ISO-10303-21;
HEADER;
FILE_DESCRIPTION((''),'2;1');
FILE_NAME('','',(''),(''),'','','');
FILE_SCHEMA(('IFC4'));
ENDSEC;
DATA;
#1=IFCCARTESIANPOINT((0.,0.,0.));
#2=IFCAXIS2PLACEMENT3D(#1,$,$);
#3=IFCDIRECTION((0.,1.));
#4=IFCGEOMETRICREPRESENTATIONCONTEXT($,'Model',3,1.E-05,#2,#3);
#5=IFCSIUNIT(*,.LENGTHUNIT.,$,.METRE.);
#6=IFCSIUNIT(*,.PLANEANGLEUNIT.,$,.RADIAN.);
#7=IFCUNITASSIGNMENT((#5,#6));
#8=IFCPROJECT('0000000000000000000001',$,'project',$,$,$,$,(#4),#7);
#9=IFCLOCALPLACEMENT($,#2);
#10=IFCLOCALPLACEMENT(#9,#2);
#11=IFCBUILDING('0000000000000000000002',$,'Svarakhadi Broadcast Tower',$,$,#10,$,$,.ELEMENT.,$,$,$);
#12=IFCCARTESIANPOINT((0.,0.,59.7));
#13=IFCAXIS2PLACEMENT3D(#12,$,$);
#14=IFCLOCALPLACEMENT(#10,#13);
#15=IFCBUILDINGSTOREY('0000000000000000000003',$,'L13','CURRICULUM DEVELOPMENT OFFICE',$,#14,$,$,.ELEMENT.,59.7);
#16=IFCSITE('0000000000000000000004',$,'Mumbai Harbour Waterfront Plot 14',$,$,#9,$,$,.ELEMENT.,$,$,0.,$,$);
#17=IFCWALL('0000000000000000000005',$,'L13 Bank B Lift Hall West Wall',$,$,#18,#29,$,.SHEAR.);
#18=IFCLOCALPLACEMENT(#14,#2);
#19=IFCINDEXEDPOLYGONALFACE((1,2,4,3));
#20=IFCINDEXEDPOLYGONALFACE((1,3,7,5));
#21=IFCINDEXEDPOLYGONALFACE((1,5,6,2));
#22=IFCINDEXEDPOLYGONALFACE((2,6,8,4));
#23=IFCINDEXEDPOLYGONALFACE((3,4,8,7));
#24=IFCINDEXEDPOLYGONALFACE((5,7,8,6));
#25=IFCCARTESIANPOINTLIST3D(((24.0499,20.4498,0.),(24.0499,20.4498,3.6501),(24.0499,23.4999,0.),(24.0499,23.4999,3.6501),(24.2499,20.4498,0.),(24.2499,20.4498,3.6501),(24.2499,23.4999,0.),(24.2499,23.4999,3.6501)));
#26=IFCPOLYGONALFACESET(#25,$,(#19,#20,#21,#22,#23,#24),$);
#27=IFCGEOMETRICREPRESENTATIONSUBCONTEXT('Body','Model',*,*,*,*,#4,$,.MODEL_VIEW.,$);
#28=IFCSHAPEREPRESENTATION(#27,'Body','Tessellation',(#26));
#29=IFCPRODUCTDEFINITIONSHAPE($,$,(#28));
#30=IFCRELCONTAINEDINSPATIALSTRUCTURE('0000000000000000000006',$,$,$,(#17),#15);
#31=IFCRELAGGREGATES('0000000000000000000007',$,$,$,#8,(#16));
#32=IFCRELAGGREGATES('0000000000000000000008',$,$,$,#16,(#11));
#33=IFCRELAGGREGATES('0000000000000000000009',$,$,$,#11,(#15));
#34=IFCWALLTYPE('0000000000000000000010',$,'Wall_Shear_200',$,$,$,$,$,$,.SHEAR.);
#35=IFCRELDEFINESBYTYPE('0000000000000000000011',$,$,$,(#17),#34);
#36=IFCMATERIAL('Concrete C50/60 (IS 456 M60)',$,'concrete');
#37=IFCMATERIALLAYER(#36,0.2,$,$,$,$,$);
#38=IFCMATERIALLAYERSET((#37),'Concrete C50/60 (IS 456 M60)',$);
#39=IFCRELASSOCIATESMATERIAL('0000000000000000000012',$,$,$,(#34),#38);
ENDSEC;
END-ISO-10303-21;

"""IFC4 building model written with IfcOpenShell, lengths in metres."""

from ifc_helpers import new_model, si_unit, direction, frame, frame_2d, origin, place, context, subcontext, project, spatial, rectangle, extrude, material, layer, layer_set, type_object, element, save


model = new_model("IFC4")

# Units and contexts
model_context = context("Model", 3, precision=1e-05, world=origin(), true_north=direction((0.0, 1.0)))
body_context = subcontext(model_context, "Body", "Model", "MODEL_VIEW")
ifc_project = project(units=[si_unit("LENGTHUNIT", "METRE"), si_unit("PLANEANGLEUNIT", "RADIAN")], contexts=[model_context])

# Site, building, storey
site_placement = place(None, origin())
site = spatial("IfcSite", under=ifc_project, at=site_placement, Name="Mumbai Harbour Waterfront Plot 14", CompositionType="ELEMENT", RefElevation=0.0)
building_placement = place(site_placement, origin())
building = spatial("IfcBuilding", under=site, at=building_placement, Name="Svarakhadi Broadcast Tower", CompositionType="ELEMENT")
storey_placement = place(building_placement, frame((0.0, 0.0, 59.7)))
storey = spatial("IfcBuildingStorey", under=building, at=storey_placement, Name="L13", Description="CURRICULUM DEVELOPMENT OFFICE", CompositionType="ELEMENT", Elevation=59.7)

# Shared definitions
ifc_material_1 = material(Name="Concrete C50/60 (IS 456 M60)", Category="concrete")
ifc_layer_1 = layer(ifc_material_1, 0.2)
ifc_layer_set_1 = layer_set([ifc_layer_1], Name="Concrete C50/60 (IS 456 M60)")
wall_type_1 = type_object("IfcWallType", Name="Wall_Shear_200", PredefinedType="SHEAR", material=ifc_layer_set_1)

# Wall
wall_1_placement = place(storey_placement, frame((24.1499, 20.45, 0.0), z_axis=(0.0, 0.0, 1.0), x_axis=(0.0, 1.0, 0.0)))
element("IfcWall", 1, at=wall_1_placement, inside=storey, type_object=wall_type_1, Name="L13 Bank B Lift Hall West Wall", PredefinedType="SHEAR", context=body_context, shape_type="SweptSolid", body=[
    extrude(rectangle(XDim=3.05, YDim=0.2, at=frame_2d((1.5249, 0.0))), origin(), (0.0, 0.0, 1.0), 3.6501),
])

save(model, "model.ifc")
